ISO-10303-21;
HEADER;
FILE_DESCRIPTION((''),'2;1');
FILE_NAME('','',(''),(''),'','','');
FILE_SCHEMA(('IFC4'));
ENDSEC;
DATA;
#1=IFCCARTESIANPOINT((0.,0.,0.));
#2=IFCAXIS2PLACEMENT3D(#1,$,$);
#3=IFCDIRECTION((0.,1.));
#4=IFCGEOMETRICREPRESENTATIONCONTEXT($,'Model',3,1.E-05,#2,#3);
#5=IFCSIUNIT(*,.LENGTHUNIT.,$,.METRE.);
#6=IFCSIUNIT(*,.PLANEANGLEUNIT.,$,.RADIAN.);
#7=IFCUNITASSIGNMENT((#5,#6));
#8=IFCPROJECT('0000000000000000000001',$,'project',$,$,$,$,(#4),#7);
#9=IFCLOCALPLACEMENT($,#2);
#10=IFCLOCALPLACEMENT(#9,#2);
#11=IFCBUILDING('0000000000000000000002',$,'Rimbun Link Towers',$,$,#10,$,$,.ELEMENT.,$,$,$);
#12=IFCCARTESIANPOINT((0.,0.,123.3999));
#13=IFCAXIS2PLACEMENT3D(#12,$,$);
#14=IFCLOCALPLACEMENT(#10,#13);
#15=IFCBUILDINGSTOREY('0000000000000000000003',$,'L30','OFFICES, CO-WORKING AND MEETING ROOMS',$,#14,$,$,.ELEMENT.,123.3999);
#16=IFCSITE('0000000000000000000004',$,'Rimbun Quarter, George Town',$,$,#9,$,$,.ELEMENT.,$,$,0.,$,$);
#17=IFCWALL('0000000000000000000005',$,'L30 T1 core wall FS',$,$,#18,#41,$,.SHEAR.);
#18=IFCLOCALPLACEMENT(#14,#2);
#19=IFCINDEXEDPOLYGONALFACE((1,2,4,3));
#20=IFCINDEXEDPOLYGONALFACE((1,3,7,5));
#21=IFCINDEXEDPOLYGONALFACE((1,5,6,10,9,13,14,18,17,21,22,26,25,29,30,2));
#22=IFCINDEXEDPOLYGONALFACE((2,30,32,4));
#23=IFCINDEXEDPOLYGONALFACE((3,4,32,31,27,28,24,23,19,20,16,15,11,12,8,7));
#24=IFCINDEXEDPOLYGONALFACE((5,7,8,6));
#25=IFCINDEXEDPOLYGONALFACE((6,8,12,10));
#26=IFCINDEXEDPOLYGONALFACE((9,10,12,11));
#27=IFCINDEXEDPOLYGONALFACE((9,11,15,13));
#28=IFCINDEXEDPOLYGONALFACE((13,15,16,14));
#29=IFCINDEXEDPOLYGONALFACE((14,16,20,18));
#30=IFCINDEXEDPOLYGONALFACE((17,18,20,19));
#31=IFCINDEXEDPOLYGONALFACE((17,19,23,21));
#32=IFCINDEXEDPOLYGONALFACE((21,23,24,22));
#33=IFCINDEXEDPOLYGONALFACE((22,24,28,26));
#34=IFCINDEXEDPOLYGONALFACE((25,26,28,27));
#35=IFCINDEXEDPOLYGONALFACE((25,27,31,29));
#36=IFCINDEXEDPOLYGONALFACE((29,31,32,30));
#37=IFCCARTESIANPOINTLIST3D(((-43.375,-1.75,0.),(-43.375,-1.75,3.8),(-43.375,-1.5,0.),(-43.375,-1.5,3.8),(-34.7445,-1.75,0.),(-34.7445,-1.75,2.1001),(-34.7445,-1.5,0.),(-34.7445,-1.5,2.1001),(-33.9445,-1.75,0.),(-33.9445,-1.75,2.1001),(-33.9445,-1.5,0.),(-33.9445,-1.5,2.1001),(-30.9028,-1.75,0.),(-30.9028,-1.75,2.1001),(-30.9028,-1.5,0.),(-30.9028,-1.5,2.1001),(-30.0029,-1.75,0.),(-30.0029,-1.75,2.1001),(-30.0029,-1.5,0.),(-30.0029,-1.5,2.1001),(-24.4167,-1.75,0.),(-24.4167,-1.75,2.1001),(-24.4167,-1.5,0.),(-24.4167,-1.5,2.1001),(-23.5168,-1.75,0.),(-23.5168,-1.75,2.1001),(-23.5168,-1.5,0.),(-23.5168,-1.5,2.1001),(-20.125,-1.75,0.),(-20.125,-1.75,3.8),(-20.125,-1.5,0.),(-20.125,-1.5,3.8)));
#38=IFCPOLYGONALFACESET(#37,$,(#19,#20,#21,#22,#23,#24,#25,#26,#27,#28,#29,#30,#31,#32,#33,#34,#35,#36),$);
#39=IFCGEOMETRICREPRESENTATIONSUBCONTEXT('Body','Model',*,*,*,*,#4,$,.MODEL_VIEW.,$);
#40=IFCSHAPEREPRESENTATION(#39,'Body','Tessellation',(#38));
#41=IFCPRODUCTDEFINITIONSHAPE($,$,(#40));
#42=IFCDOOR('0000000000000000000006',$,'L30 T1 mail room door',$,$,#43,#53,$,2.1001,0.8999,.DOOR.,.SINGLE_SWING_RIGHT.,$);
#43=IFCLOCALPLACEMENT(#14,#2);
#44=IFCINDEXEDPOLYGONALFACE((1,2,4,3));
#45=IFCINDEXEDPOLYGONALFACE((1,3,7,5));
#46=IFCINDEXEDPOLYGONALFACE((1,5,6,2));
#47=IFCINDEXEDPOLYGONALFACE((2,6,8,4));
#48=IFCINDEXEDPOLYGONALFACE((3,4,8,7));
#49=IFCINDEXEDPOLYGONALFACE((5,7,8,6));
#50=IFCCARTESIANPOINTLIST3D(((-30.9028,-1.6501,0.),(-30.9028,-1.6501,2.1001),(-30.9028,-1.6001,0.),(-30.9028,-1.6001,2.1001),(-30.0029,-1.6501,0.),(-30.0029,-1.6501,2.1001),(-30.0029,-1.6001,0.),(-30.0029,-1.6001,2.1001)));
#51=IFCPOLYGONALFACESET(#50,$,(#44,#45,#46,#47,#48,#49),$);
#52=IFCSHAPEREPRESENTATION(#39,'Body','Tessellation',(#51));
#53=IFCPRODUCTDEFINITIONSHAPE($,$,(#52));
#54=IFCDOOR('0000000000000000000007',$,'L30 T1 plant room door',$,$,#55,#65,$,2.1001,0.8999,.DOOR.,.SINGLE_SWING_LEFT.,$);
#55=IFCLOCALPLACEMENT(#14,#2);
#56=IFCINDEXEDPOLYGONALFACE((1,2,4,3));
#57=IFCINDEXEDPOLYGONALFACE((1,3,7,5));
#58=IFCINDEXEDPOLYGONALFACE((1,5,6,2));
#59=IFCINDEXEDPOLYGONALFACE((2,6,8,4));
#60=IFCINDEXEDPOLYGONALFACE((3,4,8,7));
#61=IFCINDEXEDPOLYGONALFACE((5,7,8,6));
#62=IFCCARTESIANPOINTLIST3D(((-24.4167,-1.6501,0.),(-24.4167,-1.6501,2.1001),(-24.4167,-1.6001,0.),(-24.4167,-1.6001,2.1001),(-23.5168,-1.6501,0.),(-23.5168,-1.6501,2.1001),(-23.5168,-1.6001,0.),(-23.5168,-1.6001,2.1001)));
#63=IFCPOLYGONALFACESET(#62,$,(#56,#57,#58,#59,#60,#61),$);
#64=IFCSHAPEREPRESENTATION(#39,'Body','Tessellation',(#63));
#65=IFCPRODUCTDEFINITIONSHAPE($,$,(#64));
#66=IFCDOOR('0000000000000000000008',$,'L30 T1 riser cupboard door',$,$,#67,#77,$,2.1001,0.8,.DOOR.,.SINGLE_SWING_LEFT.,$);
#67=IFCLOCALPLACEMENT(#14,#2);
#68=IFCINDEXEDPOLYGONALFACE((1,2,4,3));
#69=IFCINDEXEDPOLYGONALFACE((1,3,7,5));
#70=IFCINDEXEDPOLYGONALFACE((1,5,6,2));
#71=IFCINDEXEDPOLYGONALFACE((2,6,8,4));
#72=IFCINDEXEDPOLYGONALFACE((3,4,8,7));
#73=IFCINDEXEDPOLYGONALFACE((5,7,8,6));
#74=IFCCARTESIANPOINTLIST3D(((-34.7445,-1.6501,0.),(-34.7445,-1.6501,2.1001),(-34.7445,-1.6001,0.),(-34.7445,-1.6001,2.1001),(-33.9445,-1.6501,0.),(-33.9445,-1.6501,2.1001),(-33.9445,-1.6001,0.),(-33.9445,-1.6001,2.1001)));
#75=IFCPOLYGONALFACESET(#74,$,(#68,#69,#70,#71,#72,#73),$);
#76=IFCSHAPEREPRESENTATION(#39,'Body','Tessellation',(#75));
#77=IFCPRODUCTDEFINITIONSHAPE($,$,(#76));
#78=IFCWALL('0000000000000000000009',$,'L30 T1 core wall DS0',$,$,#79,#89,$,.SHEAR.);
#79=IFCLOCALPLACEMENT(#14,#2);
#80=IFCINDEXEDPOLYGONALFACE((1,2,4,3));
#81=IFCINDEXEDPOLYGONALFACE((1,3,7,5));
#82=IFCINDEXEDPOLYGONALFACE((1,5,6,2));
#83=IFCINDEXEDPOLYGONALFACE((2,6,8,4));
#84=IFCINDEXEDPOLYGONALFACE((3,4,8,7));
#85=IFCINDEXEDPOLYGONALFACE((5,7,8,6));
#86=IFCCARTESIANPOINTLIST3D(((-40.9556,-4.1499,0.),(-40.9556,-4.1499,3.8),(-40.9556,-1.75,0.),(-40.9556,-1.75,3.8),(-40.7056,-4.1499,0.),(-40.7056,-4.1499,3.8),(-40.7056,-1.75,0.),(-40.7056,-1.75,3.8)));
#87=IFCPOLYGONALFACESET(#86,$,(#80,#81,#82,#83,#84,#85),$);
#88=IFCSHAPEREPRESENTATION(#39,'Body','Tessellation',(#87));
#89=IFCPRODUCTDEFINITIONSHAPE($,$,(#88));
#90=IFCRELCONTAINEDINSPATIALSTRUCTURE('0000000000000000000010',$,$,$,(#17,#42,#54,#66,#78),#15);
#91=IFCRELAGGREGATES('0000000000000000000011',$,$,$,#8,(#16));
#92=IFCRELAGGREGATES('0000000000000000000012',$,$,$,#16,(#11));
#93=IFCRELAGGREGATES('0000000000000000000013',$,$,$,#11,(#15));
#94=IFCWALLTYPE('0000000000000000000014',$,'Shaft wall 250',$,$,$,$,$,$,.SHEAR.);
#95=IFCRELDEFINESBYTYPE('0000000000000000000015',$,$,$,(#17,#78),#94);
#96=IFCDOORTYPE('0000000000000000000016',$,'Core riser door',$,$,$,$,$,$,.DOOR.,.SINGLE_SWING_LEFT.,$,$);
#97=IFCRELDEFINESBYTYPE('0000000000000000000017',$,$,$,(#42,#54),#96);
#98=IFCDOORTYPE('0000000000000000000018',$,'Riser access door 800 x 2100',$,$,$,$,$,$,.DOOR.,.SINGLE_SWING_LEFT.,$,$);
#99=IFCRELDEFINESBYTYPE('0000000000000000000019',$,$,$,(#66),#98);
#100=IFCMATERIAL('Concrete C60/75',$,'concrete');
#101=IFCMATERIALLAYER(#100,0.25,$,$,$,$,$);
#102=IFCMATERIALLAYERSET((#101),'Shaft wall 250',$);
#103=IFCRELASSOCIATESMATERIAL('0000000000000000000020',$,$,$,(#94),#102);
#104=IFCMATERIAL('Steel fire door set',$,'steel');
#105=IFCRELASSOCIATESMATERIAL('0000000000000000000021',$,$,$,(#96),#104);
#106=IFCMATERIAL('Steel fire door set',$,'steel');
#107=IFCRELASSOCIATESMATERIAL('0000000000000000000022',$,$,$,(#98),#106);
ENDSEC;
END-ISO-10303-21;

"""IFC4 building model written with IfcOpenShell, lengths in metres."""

from ifc_helpers import new_model, si_unit, direction, frame, frame_2d, origin, place, context, subcontext, project, spatial, rectangle, extrude, material, layer, layer_set, type_object, element, fill, save


model = new_model("IFC4")

# Units and contexts
model_context = context("Model", 3, precision=1e-05, world=origin(), true_north=direction((0.0, 1.0)))
body_context = subcontext(model_context, "Body", "Model", "MODEL_VIEW")
ifc_project = project(units=[si_unit("LENGTHUNIT", "METRE"), si_unit("PLANEANGLEUNIT", "RADIAN")], contexts=[model_context])

# Site, building, storey
site_placement = place(None, origin())
site = spatial("IfcSite", under=ifc_project, at=site_placement, Name="Rimbun Quarter, George Town", CompositionType="ELEMENT", RefElevation=0.0)
building_placement = place(site_placement, origin())
building = spatial("IfcBuilding", under=site, at=building_placement, Name="Rimbun Link Towers", CompositionType="ELEMENT")
storey_placement = place(building_placement, frame((0.0, 0.0, 123.3999)))
storey = spatial("IfcBuildingStorey", under=building, at=storey_placement, Name="L30", Description="OFFICES, CO-WORKING AND MEETING ROOMS", CompositionType="ELEMENT", Elevation=123.3999)

# Shared definitions
ifc_material_1 = material(Name="Concrete C60/75", Category="concrete")
ifc_layer_1 = layer(ifc_material_1, 0.25)
ifc_layer_set_1 = layer_set([ifc_layer_1], Name="Shaft wall 250")
wall_type_1 = type_object("IfcWallType", Name="Shaft wall 250", PredefinedType="SHEAR", material=ifc_layer_set_1)

# Wall, openings, doors
wall_1_placement = place(storey_placement, frame((-43.375, -1.625, 0.0), z_axis=(0.0, 0.0, 1.0), x_axis=(1.0, 0.0, 0.0)))
wall_1 = element("IfcWall", 1, at=wall_1_placement, inside=storey, type_object=wall_type_1, Name="L30 T1 core wall FS", PredefinedType="SHEAR", context=body_context, shape_type="SweptSolid", body=[
    extrude(rectangle(XDim=23.25, YDim=0.25, at=frame_2d((11.625, 0.0))), origin(), (0.0, 0.0, 1.0), 3.8),
])
opening_1_placement = place(wall_1_placement, frame((8.6306, 0.0, 0.0)))
opening_1 = element("IfcOpeningElement", 2, at=opening_1_placement, cuts=wall_1, PredefinedType="OPENING", context=body_context, shape_type="SweptSolid", body=[
    extrude(rectangle(XDim=0.8, YDim=2.1001, at=frame_2d((0.3999, 1.05))), frame((0.0, 0.135, 0.0), z_axis=(0.0, -1.0, 0.0), x_axis=(1.0, 0.0, 0.0)), (0.0, 0.0, 1.0), 0.27),
])
opening_2_placement = place(wall_1_placement, frame((12.4722, 0.0, 0.0)))
opening_2 = element("IfcOpeningElement", 3, at=opening_2_placement, cuts=wall_1, PredefinedType="OPENING", context=body_context, shape_type="SweptSolid", body=[
    extrude(rectangle(XDim=0.8999, YDim=2.1001, at=frame_2d((0.45, 1.05))), frame((0.0, 0.135, 0.0), z_axis=(0.0, -1.0, 0.0), x_axis=(1.0, 0.0, 0.0)), (0.0, 0.0, 1.0), 0.27),
])
opening_3_placement = place(wall_1_placement, frame((18.9583, 0.0, 0.0)))
opening_3 = element("IfcOpeningElement", 4, at=opening_3_placement, cuts=wall_1, PredefinedType="OPENING", context=body_context, shape_type="SweptSolid", body=[
    extrude(rectangle(XDim=0.8999, YDim=2.1001, at=frame_2d((0.45, 1.05))), frame((0.0, 0.135, 0.0), z_axis=(0.0, -1.0, 0.0), x_axis=(1.0, 0.0, 0.0)), (0.0, 0.0, 1.0), 0.27),
])
ifc_material_2 = material(Name="Steel fire door set", Category="steel")
door_type_1 = type_object("IfcDoorType", Name="Core riser door", OperationType="SINGLE_SWING_LEFT", PredefinedType="DOOR", material=ifc_material_2)
door_1_placement = place(opening_2_placement, origin())
door_1 = element("IfcDoor", 5, at=door_1_placement, inside=storey, type_object=door_type_1, Name="L30 T1 mail room door", OperationType="SINGLE_SWING_RIGHT", OverallHeight=2.1001, OverallWidth=0.8999, PredefinedType="DOOR", context=body_context, shape_type="SweptSolid", body=[
    extrude(rectangle(XDim=0.8999, YDim=2.1001, at=frame_2d((0.45, 1.05))), frame((0.0, 0.0249, 0.0), z_axis=(0.0, -1.0, 0.0), x_axis=(1.0, 0.0, 0.0)), (0.0, 0.0, 1.0), 0.05),
])
fill(opening_2, door_1)
door_2_placement = place(opening_3_placement, origin())
door_2 = element("IfcDoor", 6, at=door_2_placement, inside=storey, type_object=door_type_1, Name="L30 T1 plant room door", OperationType="SINGLE_SWING_LEFT", OverallHeight=2.1001, OverallWidth=0.8999, PredefinedType="DOOR", context=body_context, shape_type="SweptSolid", body=[
    extrude(rectangle(XDim=0.8999, YDim=2.1001, at=frame_2d((0.45, 1.05))), frame((0.0, 0.0249, 0.0), z_axis=(0.0, -1.0, 0.0), x_axis=(1.0, 0.0, 0.0)), (0.0, 0.0, 1.0), 0.05),
])
fill(opening_3, door_2)
ifc_material_3 = material(Name="Steel fire door set", Category="steel")
door_type_2 = type_object("IfcDoorType", Name="Riser access door 800 x 2100", OperationType="SINGLE_SWING_LEFT", PredefinedType="DOOR", material=ifc_material_3)
door_3_placement = place(opening_1_placement, origin())
door_3 = element("IfcDoor", 7, at=door_3_placement, inside=storey, type_object=door_type_2, Name="L30 T1 riser cupboard door", OperationType="SINGLE_SWING_LEFT", OverallHeight=2.1001, OverallWidth=0.8, PredefinedType="DOOR", context=body_context, shape_type="SweptSolid", body=[
    extrude(rectangle(XDim=0.8, YDim=2.1001, at=frame_2d((0.3999, 1.05))), frame((0.0, 0.0249, 0.0), z_axis=(0.0, -1.0, 0.0), x_axis=(1.0, 0.0, 0.0)), (0.0, 0.0, 1.0), 0.05),
])
fill(opening_1, door_3)

# Wall
wall_2_placement = place(storey_placement, frame((-40.8306, -4.1499, 0.0), z_axis=(0.0, 0.0, 1.0), x_axis=(0.0, 1.0, 0.0)))
element("IfcWall", 8, at=wall_2_placement, inside=storey, type_object=wall_type_1, Name="L30 T1 core wall DS0", PredefinedType="SHEAR", context=body_context, shape_type="SweptSolid", body=[
    extrude(rectangle(XDim=2.3999, YDim=0.25, at=frame_2d((1.2, 0.0))), origin(), (0.0, 0.0, 1.0), 3.8),
])

save(model, "model.ifc")
